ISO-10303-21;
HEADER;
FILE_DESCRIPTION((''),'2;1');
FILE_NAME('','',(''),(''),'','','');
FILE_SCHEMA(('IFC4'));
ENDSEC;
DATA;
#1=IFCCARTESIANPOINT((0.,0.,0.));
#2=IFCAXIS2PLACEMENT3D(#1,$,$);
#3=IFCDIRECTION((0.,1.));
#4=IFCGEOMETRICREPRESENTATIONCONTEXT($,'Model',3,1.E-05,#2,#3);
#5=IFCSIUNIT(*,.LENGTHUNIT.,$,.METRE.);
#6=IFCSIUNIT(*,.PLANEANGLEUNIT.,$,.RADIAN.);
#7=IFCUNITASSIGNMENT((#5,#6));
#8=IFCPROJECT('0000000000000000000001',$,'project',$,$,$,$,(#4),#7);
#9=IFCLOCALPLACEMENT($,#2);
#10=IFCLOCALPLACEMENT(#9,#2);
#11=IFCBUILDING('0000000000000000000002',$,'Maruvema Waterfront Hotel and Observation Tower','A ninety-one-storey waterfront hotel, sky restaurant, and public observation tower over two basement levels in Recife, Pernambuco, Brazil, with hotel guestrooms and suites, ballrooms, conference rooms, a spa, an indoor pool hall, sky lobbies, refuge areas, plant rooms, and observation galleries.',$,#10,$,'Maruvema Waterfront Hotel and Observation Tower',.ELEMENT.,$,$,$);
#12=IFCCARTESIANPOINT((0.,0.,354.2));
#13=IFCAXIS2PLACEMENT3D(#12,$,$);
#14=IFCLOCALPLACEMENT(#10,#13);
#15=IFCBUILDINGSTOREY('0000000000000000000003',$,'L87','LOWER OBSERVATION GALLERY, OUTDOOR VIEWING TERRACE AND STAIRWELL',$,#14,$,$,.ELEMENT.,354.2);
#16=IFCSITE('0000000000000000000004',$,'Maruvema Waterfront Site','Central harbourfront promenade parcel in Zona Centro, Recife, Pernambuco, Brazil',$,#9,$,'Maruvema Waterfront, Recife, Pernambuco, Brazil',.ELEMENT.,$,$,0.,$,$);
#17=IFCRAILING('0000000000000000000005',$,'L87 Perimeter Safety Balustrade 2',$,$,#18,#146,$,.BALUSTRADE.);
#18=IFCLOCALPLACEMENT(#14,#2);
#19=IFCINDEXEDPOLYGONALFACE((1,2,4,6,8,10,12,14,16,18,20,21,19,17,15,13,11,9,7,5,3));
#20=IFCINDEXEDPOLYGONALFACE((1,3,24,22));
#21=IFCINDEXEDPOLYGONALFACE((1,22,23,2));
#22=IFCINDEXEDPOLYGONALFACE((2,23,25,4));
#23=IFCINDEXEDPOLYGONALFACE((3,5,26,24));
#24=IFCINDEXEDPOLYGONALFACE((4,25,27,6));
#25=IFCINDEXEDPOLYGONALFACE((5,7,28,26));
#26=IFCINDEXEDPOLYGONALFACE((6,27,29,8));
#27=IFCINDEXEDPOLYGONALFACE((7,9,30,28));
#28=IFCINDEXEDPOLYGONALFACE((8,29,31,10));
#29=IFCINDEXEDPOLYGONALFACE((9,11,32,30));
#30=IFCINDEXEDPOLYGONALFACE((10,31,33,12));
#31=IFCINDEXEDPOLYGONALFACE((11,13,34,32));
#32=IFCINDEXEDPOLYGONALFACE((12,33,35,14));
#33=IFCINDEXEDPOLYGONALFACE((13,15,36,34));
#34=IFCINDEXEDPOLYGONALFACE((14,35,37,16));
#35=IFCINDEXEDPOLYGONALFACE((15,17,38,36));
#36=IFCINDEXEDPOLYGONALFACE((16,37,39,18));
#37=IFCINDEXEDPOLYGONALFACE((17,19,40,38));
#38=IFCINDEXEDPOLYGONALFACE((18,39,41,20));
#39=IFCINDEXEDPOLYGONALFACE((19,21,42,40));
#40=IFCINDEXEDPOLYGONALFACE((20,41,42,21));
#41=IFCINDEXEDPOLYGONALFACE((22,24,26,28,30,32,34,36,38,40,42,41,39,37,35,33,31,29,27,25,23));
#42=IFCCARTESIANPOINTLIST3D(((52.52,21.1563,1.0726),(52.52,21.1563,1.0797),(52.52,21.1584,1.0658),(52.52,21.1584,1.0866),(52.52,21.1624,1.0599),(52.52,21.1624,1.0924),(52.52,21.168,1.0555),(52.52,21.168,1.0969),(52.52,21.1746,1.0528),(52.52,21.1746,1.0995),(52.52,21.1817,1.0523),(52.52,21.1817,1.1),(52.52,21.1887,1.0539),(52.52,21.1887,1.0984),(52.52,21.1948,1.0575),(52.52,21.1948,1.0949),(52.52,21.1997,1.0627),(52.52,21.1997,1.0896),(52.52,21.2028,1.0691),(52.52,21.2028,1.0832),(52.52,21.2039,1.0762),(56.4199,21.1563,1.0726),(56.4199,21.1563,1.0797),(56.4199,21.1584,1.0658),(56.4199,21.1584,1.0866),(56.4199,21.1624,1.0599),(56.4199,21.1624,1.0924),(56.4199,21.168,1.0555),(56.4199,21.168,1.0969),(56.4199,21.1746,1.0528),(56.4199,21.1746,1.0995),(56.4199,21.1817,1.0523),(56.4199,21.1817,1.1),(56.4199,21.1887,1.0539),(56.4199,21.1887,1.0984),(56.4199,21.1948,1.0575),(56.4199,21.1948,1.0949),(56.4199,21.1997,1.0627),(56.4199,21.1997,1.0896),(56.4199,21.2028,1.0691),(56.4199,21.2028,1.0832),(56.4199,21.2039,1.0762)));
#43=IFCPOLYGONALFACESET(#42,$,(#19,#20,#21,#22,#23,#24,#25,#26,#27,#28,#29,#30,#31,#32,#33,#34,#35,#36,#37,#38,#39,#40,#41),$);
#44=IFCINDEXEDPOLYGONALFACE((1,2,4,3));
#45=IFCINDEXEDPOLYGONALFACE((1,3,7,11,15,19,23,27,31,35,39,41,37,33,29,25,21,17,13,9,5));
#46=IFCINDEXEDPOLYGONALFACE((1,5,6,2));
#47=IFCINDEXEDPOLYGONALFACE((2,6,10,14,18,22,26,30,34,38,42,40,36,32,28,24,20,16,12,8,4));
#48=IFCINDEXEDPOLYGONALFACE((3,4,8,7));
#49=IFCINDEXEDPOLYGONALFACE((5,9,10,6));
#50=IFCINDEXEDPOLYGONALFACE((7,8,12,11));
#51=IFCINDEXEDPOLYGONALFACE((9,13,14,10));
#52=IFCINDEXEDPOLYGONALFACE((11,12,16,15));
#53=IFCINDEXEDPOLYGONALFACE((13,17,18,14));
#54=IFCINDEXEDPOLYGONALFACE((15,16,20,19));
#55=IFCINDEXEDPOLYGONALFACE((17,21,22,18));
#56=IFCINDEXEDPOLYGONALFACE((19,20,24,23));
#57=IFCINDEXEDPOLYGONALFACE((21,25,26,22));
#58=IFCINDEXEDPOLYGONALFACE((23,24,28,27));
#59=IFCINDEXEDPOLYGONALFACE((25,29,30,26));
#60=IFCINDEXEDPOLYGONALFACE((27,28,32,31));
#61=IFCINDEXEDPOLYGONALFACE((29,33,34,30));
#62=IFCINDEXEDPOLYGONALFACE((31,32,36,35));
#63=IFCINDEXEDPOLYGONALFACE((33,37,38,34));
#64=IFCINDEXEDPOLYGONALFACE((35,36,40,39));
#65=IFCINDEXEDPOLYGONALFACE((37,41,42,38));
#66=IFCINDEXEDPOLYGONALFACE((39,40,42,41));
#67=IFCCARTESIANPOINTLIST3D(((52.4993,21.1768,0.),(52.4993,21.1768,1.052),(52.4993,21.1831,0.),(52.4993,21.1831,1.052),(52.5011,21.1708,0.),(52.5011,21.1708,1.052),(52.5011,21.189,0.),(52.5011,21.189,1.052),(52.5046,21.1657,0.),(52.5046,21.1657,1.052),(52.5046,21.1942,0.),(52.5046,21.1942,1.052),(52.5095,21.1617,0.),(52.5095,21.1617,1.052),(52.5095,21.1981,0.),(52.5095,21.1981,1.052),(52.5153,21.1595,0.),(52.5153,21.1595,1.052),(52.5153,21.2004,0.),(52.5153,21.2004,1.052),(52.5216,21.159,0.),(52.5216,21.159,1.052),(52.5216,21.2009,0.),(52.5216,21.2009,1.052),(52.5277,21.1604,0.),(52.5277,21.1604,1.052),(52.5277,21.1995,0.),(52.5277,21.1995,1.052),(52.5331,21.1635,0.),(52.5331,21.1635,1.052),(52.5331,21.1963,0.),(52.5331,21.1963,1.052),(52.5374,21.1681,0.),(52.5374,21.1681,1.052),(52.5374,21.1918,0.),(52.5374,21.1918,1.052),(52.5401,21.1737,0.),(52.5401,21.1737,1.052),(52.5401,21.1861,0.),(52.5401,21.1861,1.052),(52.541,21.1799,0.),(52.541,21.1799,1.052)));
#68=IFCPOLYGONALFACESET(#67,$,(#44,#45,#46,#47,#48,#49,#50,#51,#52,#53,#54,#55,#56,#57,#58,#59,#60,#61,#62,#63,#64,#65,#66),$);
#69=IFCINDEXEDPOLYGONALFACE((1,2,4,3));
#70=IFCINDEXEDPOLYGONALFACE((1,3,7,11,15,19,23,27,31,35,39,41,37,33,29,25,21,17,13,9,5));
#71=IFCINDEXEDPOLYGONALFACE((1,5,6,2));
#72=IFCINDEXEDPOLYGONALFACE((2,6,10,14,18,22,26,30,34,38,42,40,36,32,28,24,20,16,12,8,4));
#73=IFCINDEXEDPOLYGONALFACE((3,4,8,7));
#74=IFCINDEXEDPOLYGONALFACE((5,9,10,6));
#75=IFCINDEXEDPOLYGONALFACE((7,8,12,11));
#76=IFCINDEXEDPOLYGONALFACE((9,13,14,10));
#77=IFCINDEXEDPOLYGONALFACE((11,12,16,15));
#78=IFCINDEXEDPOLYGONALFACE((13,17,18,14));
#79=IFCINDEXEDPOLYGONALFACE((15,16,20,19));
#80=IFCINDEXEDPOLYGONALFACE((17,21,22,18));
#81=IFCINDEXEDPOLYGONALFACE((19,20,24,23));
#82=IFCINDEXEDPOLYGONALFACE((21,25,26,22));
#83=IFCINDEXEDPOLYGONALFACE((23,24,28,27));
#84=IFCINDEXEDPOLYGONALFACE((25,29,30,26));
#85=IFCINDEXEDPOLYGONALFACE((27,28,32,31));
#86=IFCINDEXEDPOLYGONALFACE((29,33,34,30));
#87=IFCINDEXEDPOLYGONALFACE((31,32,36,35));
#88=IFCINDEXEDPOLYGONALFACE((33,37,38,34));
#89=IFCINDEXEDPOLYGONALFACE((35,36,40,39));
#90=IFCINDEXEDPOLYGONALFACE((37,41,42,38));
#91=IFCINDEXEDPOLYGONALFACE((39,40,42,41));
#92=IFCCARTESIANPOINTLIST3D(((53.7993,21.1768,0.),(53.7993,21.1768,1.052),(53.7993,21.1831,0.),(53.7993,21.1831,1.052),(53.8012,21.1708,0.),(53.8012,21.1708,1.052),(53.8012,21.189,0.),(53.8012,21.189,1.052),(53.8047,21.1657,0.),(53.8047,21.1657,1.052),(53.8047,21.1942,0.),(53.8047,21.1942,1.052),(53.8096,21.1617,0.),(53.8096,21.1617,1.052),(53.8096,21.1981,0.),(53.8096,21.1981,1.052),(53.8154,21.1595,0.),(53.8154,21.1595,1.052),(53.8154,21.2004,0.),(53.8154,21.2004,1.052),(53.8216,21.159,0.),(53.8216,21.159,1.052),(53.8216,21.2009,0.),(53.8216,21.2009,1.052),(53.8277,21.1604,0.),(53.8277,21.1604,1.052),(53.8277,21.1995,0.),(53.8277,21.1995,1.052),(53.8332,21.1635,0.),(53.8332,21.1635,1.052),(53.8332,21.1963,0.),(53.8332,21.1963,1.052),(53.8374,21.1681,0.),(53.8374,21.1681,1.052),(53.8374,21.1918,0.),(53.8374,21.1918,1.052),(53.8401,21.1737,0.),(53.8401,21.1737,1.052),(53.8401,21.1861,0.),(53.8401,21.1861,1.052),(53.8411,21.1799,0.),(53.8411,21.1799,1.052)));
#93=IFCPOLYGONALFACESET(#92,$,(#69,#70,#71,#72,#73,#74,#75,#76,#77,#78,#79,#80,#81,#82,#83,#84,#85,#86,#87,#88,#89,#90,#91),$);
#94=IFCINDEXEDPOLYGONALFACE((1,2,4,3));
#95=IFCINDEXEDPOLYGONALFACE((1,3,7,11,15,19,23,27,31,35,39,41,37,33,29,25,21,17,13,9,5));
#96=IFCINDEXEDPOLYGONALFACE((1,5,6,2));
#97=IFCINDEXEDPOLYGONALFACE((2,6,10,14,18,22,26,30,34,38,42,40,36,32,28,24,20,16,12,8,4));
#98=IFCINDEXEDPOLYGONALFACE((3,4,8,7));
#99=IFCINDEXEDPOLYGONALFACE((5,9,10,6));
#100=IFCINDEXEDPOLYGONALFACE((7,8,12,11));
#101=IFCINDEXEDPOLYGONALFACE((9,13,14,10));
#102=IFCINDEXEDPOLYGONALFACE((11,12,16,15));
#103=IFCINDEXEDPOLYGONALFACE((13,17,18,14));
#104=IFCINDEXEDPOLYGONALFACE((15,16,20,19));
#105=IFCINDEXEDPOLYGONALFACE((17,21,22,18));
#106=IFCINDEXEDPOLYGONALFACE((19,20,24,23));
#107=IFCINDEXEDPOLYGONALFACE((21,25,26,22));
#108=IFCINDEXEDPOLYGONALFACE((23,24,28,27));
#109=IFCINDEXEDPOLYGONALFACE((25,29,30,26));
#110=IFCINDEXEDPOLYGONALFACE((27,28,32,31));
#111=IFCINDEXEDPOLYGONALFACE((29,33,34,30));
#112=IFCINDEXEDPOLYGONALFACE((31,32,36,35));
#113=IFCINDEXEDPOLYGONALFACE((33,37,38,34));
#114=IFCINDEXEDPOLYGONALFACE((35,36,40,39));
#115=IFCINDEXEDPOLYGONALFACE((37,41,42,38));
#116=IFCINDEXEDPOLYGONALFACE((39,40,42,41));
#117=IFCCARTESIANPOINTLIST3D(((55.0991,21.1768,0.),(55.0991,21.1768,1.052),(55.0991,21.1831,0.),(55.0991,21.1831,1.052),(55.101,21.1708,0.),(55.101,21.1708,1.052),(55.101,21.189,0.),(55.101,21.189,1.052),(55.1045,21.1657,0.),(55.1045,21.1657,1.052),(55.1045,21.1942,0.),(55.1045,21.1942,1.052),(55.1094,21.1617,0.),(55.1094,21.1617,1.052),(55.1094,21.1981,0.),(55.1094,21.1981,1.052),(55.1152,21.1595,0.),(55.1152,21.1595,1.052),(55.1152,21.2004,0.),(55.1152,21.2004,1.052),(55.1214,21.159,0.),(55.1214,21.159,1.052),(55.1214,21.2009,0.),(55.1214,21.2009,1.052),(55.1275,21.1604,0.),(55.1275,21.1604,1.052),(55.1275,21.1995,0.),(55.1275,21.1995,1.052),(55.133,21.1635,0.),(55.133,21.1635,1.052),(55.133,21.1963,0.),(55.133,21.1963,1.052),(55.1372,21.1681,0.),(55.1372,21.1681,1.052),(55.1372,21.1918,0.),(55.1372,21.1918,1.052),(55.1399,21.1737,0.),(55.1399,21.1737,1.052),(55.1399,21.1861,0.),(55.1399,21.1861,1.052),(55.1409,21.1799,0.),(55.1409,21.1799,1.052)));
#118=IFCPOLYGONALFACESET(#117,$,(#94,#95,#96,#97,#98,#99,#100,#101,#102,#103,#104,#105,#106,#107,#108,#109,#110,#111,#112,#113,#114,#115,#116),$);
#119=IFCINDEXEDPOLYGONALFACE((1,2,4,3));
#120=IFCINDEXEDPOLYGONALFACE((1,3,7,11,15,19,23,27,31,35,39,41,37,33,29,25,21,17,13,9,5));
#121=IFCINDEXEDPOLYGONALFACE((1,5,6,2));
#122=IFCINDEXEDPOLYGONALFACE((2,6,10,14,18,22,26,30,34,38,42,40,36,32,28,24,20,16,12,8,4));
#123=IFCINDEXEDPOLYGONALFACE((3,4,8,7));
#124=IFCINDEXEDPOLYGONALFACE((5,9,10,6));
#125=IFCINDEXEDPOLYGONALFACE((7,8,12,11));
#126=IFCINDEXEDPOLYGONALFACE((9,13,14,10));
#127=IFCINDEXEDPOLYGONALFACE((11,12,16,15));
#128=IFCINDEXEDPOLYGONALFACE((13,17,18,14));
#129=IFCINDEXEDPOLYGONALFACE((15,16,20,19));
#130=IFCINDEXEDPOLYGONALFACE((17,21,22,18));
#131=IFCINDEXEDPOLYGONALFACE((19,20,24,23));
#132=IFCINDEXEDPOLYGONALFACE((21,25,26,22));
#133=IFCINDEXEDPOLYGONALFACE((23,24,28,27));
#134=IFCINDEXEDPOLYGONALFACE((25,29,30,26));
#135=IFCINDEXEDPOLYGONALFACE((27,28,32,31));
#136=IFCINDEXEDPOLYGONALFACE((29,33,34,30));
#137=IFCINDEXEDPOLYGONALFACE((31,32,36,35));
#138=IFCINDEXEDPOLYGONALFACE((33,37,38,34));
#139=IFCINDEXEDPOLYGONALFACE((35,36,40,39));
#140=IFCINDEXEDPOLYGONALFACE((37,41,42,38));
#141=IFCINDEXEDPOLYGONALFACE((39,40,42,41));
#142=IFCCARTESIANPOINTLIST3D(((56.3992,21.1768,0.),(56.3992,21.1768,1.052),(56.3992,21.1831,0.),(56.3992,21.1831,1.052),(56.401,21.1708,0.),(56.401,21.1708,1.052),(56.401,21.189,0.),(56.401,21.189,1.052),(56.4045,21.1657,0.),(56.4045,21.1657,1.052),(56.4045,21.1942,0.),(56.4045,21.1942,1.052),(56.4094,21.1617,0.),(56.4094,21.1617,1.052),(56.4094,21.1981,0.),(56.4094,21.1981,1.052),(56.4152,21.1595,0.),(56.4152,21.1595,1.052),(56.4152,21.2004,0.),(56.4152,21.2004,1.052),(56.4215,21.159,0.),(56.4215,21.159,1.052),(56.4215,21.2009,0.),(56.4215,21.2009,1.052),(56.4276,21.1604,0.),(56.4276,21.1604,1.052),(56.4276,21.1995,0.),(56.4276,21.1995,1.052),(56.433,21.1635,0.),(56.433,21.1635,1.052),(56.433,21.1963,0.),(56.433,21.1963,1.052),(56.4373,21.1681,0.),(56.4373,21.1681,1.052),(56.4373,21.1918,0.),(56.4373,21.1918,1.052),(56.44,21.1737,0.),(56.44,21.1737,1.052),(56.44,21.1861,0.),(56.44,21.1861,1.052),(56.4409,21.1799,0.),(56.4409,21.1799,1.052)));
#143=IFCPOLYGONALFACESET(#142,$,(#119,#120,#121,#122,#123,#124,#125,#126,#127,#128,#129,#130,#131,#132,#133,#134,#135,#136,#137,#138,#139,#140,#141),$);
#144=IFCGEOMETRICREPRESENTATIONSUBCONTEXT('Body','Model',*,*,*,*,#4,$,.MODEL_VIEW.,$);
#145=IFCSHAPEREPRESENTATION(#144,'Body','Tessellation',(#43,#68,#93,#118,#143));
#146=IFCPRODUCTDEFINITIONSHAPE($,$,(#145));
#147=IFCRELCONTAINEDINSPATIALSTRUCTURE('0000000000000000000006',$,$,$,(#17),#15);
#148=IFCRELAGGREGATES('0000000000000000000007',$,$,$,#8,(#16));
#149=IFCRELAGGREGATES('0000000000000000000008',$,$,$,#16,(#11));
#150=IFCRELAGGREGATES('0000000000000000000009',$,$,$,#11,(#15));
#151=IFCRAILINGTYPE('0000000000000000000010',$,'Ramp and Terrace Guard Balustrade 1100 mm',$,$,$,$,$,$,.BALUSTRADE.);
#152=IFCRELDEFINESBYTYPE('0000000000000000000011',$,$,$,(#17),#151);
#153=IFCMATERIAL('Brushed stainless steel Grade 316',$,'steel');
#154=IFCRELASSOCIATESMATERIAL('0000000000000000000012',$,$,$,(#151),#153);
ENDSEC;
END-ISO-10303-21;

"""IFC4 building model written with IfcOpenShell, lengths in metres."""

from ifc_helpers import new_model, si_unit, direction, frame, origin, origin_2d, place, context, subcontext, project, spatial, circle, extrude, material, type_object, element, save


model = new_model("IFC4")

# Units and contexts
model_context = context("Model", 3, precision=1e-05, world=origin(), true_north=direction((0.0, 1.0)))
body_context = subcontext(model_context, "Body", "Model", "MODEL_VIEW")
ifc_project = project(units=[si_unit("LENGTHUNIT", "METRE"), si_unit("PLANEANGLEUNIT", "RADIAN")], contexts=[model_context])

# Site, building, storey
site_placement = place(None, origin())
site = spatial("IfcSite", under=ifc_project, at=site_placement, Name="Maruvema Waterfront Site", Description="Central harbourfront promenade parcel in Zona Centro, Recife, Pernambuco, Brazil", LongName="Maruvema Waterfront, Recife, Pernambuco, Brazil", CompositionType="ELEMENT", RefElevation=0.0)
building_placement = place(site_placement, origin())
building = spatial("IfcBuilding", under=site, at=building_placement, Name="Maruvema Waterfront Hotel and Observation Tower", Description="A ninety-one-storey waterfront hotel, sky restaurant, and public observation tower over two basement levels in Recife, Pernambuco, Brazil, with hotel guestrooms and suites, ballrooms, conference rooms, a spa, an indoor pool hall, sky lobbies, refuge areas, plant rooms, and observation galleries.", LongName="Maruvema Waterfront Hotel and Observation Tower", CompositionType="ELEMENT")
storey_placement = place(building_placement, frame((0.0, 0.0, 354.2)))
storey = spatial("IfcBuildingStorey", under=building, at=storey_placement, Name="L87", Description="LOWER OBSERVATION GALLERY, OUTDOOR VIEWING TERRACE AND STAIRWELL", CompositionType="ELEMENT", Elevation=354.2)

# Railing
ifc_material_1 = material(Name="Brushed stainless steel Grade 316", Category="steel")
railing_type = type_object("IfcRailingType", Name="Ramp and Terrace Guard Balustrade 1100 mm", PredefinedType="BALUSTRADE", material=ifc_material_1)
railing_1_placement = place(storey_placement, frame((52.52, 21.1799, 0.0)))
element("IfcRailing", 1, at=railing_1_placement, inside=storey, type_object=railing_type, Name="L87 Perimeter Safety Balustrade 2", PredefinedType="BALUSTRADE", context=body_context, shape_type="SweptSolid", body=[
    extrude(circle(Radius=0.0239, at=origin_2d()), frame((0.0, 0.0, 1.0762), z_axis=(1.0, 0.0, 0.0), x_axis=(0.0, 1.0, 0.0)), (0.0, 0.0, 1.0), 3.8999),
    extrude(circle(Radius=0.021, at=origin_2d()), origin(), (0.0, 0.0, 1.0), 1.052),
    extrude(circle(Radius=0.021, at=origin_2d()), frame((1.3, 0.0, 0.0)), (0.0, 0.0, 1.0), 1.052),
    extrude(circle(Radius=0.021, at=origin_2d()), frame((2.5999, 0.0, 0.0)), (0.0, 0.0, 1.0), 1.052),
    extrude(circle(Radius=0.021, at=origin_2d()), frame((3.8999, 0.0, 0.0)), (0.0, 0.0, 1.0), 1.052),
])

save(model, "model.ifc")
